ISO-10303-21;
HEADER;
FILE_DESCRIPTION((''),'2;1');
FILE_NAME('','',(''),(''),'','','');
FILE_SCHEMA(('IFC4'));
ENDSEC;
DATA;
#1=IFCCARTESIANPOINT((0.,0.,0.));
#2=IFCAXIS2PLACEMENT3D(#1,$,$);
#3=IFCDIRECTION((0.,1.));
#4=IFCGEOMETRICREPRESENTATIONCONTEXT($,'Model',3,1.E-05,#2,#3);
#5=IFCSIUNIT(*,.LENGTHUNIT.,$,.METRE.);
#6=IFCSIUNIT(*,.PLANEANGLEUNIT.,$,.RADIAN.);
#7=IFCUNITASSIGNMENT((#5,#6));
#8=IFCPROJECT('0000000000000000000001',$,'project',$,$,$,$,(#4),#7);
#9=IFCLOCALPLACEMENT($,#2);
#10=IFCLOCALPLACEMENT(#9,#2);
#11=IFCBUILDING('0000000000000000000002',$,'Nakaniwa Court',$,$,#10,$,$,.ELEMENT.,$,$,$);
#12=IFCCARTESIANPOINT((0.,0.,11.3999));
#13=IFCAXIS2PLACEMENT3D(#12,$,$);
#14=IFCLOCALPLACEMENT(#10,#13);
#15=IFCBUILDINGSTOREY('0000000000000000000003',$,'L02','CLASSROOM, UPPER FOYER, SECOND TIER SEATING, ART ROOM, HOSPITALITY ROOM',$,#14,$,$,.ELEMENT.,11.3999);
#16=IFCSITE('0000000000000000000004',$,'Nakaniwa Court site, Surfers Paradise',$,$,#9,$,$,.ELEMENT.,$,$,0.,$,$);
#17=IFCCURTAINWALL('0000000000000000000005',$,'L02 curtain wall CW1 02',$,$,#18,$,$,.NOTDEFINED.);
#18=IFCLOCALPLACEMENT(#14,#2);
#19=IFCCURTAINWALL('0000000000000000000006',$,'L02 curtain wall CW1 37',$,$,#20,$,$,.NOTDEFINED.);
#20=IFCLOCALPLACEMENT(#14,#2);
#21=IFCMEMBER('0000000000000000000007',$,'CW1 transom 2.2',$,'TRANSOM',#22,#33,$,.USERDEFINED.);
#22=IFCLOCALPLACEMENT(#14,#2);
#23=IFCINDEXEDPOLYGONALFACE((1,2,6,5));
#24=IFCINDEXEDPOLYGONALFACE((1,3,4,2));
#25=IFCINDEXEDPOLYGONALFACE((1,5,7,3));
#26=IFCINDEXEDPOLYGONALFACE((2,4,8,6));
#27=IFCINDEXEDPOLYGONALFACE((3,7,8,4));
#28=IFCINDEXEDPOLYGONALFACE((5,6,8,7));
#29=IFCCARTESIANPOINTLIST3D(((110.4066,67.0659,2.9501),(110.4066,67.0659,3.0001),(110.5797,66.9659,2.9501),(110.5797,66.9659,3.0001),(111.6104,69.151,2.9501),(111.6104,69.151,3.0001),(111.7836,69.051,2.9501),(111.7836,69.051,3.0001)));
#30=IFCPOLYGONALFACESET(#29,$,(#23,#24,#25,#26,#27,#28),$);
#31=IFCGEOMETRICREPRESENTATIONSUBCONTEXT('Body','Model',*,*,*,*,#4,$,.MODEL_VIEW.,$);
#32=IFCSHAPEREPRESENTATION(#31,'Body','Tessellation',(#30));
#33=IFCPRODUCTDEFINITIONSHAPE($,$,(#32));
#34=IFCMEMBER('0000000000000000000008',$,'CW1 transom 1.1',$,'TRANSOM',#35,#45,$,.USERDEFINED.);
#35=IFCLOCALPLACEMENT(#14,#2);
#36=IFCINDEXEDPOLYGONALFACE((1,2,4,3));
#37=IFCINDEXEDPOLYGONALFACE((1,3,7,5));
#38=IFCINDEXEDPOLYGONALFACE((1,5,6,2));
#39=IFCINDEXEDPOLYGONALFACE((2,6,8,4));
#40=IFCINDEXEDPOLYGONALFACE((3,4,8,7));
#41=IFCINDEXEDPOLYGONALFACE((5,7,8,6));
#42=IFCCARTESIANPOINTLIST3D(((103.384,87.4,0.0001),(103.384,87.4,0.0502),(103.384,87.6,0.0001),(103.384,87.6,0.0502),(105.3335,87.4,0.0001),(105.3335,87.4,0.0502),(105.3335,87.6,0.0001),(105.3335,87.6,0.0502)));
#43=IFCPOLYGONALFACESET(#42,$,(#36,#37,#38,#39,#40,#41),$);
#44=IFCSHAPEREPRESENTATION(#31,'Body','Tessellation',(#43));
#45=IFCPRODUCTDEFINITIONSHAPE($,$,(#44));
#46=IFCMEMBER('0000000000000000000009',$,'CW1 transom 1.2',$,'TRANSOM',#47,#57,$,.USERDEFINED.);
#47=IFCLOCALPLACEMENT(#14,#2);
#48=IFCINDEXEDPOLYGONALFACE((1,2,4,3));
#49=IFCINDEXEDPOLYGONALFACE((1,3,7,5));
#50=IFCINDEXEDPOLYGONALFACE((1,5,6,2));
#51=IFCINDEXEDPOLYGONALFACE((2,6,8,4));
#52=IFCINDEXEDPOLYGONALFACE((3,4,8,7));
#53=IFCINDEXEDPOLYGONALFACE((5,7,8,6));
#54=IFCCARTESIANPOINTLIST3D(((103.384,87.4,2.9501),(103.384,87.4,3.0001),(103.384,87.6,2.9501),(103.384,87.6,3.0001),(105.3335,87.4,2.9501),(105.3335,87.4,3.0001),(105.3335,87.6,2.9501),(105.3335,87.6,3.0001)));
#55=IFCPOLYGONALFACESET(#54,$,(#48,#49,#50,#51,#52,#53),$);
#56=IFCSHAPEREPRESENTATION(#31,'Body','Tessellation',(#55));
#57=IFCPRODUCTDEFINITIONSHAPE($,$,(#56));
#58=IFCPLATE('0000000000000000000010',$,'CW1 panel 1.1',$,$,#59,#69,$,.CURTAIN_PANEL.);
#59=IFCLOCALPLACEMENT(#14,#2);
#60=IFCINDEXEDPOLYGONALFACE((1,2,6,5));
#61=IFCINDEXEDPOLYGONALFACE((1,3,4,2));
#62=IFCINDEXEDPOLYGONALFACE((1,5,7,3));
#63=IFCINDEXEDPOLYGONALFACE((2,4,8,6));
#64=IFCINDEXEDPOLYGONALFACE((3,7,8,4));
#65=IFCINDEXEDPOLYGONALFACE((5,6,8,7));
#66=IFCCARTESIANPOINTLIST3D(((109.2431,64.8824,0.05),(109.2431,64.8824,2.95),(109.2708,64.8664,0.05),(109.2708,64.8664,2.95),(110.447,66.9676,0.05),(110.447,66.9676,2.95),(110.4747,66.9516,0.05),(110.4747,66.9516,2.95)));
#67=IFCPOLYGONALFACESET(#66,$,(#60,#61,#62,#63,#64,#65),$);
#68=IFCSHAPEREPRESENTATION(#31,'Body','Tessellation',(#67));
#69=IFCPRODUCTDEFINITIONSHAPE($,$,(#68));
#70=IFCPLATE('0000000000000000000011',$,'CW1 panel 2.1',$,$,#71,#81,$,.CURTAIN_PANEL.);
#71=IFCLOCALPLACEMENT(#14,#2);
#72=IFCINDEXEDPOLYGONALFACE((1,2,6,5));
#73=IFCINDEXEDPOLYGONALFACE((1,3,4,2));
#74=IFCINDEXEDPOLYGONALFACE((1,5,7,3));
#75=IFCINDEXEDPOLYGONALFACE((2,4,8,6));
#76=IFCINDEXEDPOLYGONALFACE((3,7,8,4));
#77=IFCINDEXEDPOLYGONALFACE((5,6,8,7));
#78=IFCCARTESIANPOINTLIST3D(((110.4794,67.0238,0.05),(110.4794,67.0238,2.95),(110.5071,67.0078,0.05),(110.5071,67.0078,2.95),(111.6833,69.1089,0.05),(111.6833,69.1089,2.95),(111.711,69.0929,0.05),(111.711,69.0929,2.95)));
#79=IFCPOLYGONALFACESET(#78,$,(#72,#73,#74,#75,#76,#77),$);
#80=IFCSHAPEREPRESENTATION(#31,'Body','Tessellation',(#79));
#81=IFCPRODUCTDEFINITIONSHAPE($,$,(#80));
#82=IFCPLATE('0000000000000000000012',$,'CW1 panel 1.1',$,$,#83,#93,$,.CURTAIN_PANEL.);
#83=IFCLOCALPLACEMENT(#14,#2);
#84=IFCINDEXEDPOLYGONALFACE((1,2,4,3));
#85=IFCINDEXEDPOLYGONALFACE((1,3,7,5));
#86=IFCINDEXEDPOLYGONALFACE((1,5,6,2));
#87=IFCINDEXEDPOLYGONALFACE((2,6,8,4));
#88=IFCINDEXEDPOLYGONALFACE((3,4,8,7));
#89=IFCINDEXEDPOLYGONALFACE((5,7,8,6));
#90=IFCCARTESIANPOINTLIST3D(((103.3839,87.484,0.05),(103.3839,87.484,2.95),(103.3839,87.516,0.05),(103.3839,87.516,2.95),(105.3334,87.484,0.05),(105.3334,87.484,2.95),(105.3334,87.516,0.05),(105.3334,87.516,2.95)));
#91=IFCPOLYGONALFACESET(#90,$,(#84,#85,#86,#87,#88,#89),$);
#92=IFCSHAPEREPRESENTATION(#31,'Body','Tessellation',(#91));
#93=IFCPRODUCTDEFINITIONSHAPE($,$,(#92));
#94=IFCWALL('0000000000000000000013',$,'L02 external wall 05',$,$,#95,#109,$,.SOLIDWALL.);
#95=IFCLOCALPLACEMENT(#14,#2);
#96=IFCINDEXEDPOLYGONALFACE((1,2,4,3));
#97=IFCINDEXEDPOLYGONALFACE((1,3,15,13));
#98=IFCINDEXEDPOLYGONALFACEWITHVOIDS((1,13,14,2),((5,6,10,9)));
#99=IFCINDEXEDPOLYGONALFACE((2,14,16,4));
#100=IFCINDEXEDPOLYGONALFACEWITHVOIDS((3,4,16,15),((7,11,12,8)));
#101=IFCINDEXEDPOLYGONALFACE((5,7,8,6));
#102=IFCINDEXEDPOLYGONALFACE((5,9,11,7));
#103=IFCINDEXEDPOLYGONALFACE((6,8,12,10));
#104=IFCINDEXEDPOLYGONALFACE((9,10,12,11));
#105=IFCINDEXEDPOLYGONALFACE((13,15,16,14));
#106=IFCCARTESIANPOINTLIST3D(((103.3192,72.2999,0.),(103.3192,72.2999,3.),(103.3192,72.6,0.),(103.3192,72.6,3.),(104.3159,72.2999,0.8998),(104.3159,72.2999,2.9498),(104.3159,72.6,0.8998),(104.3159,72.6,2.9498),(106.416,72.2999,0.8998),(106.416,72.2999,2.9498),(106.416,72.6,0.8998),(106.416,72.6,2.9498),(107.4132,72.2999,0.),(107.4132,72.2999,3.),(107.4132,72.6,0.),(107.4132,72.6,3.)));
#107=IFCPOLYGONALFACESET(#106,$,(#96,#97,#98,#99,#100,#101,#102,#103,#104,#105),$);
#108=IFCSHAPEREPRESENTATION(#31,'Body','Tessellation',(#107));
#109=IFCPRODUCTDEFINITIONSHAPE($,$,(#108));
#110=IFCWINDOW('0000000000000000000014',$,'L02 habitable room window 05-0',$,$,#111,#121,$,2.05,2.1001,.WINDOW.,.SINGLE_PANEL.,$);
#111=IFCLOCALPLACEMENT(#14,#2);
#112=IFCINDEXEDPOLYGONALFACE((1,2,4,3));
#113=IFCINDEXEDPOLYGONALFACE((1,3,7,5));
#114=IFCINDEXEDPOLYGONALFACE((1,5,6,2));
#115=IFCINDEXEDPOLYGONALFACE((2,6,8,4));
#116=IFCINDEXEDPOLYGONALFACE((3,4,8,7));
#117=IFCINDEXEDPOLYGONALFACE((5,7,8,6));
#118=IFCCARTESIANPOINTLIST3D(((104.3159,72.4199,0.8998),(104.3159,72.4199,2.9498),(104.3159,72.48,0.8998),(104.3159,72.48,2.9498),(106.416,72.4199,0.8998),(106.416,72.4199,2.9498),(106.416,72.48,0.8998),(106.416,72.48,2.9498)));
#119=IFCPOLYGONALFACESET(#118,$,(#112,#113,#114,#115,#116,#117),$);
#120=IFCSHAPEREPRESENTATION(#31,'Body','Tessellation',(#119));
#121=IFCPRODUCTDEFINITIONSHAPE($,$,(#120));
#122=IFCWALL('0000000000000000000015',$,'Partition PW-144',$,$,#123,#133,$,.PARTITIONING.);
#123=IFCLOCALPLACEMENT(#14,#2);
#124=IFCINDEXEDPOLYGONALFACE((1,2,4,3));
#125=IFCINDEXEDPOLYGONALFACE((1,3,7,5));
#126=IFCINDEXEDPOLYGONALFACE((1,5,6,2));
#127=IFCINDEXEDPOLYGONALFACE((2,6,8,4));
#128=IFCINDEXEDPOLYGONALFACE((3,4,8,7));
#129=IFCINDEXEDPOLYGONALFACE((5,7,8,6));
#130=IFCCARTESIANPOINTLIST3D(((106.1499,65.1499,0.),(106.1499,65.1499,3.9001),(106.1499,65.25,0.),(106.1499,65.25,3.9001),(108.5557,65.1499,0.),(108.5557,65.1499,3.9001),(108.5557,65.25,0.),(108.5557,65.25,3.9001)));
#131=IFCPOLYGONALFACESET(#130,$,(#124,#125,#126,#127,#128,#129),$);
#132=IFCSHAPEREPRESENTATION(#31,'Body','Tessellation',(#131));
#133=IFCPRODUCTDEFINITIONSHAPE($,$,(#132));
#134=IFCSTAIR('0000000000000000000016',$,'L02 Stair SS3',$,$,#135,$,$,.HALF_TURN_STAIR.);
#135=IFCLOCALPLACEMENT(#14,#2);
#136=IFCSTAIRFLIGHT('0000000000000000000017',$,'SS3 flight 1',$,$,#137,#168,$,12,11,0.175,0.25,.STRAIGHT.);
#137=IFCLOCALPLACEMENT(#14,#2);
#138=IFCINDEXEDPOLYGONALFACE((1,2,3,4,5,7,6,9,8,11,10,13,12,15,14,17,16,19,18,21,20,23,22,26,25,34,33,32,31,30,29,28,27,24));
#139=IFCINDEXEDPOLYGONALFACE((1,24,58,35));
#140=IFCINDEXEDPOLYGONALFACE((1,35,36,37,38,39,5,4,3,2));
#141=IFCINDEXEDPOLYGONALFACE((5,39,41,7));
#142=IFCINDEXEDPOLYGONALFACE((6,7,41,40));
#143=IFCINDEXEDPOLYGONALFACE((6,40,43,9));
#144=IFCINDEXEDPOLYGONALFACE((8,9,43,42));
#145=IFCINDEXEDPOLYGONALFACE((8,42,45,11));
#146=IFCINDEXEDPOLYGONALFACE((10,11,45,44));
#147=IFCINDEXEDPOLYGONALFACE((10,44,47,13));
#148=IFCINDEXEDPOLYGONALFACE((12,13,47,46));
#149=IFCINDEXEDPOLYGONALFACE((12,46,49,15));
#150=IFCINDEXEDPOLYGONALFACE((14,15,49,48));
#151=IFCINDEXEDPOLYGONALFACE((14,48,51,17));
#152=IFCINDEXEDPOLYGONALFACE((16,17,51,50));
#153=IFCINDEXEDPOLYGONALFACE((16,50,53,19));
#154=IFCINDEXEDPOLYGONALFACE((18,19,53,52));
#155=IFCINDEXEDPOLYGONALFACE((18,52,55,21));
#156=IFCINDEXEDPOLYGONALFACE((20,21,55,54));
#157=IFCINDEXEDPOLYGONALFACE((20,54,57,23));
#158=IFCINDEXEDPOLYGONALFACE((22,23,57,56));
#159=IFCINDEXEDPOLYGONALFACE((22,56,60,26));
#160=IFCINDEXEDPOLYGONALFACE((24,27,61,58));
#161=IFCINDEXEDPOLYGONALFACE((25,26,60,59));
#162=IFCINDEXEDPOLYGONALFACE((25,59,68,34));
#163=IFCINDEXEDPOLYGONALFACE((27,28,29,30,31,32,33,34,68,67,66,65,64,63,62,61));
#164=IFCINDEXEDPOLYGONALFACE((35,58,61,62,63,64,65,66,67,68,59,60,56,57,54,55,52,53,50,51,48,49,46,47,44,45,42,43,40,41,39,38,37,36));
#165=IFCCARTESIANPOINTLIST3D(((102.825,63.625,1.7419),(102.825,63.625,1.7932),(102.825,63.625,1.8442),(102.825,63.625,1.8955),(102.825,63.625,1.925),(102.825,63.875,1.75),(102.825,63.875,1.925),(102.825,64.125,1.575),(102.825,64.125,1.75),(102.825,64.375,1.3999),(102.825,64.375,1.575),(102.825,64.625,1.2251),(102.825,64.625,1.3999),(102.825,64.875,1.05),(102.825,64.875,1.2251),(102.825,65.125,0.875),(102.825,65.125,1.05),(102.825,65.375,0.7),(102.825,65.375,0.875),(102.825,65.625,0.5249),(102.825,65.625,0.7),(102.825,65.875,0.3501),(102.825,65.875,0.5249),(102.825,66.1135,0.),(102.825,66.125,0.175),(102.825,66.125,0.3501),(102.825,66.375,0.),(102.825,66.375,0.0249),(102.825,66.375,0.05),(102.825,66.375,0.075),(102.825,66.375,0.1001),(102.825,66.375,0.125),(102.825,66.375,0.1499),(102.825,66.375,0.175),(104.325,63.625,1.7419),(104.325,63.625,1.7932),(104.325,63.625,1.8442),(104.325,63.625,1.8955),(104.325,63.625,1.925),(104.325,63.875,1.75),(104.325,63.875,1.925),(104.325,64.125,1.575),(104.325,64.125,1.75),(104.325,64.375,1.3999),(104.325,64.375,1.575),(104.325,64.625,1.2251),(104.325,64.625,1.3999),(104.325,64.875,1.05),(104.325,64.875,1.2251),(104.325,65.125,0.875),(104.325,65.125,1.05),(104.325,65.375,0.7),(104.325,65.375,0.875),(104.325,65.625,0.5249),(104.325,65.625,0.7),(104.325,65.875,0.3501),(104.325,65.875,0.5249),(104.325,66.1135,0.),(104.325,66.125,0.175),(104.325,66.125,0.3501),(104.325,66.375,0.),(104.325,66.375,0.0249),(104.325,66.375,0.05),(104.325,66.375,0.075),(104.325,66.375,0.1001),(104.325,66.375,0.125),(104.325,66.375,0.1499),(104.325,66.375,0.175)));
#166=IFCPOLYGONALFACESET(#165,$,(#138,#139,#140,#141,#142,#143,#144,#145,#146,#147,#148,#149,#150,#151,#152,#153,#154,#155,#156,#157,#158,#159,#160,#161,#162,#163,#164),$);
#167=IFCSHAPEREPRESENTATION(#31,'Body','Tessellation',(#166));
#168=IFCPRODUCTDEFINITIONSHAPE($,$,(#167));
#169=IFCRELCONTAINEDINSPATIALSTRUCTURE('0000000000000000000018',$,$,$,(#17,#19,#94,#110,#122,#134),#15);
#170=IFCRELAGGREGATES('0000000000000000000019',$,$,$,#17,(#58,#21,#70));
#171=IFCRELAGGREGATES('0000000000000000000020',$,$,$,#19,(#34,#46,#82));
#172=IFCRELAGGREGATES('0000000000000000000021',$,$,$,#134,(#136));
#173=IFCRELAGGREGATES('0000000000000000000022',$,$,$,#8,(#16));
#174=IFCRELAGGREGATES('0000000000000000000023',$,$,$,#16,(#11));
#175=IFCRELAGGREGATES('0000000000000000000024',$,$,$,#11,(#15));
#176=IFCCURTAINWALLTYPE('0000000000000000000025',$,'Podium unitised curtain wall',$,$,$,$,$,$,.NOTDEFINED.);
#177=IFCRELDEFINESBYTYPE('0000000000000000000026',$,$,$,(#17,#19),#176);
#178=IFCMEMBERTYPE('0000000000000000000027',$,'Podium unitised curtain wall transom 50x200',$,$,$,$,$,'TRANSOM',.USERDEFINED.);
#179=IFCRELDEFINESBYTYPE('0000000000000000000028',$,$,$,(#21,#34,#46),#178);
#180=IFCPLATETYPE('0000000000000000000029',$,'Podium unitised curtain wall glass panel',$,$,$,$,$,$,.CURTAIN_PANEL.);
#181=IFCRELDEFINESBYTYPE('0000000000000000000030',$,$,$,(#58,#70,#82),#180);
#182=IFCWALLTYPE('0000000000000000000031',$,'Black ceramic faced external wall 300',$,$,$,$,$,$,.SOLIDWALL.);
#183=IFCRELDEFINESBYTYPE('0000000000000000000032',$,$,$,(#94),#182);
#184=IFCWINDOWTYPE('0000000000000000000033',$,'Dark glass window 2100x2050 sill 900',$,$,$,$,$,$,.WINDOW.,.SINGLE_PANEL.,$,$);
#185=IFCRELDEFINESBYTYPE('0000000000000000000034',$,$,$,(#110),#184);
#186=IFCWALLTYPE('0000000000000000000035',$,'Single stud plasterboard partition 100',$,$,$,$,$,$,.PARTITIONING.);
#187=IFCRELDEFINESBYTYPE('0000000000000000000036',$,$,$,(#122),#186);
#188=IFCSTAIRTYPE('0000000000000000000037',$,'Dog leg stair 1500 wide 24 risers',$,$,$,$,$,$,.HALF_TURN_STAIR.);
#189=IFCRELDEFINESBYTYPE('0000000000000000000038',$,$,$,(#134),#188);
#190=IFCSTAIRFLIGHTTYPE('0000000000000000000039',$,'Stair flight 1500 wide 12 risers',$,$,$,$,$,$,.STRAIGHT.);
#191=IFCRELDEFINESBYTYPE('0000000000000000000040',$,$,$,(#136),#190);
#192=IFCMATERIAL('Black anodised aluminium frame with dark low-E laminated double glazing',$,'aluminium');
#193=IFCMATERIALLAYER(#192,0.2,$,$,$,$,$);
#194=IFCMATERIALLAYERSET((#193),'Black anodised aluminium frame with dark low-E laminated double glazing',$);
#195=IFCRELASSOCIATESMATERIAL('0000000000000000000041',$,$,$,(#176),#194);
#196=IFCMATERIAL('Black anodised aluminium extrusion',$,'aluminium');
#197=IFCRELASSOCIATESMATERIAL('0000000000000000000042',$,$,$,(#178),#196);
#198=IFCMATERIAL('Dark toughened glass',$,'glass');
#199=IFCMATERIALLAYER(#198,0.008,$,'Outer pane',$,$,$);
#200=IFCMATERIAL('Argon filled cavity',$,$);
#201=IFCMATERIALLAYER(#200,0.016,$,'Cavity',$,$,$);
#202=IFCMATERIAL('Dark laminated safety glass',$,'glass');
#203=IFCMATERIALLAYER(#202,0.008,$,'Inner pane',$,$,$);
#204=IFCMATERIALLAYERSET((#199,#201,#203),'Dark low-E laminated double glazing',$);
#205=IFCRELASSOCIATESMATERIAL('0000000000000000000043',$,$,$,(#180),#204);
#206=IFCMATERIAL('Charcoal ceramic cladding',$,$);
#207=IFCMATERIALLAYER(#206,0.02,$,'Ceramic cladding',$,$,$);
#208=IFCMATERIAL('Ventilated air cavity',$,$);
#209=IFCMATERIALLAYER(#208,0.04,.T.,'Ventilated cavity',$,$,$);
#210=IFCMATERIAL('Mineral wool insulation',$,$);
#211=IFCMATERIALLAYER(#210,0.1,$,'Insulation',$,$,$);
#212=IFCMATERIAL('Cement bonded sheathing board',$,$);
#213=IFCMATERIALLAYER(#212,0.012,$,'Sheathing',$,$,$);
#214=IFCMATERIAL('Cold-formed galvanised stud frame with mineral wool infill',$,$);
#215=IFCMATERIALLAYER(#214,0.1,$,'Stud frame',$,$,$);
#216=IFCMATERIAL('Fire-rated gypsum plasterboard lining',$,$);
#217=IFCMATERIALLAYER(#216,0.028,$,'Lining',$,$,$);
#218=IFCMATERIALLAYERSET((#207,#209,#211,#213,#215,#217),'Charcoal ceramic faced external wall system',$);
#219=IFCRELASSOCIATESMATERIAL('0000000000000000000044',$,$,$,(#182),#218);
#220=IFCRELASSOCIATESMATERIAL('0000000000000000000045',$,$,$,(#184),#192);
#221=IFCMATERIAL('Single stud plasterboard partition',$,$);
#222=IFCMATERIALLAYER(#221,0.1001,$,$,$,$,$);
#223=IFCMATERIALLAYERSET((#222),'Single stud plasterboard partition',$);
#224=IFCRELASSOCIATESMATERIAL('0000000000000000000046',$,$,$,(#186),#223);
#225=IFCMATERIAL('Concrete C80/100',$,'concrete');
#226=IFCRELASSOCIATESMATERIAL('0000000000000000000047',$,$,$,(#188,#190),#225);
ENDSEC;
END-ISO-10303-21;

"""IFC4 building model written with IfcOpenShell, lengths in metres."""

from ifc_helpers import new_model, si_unit, direction, frame, frame_2d, origin, origin_2d, place, context, subcontext, project, spatial, polyline, rectangle, outline, extrude, material, layer, layer_set, material_profile, profile_set, type_object, element, fill, aggregate, save


model = new_model("IFC4")

# Units and contexts
model_context = context("Model", 3, precision=1e-05, world=origin(), true_north=direction((0.0, 1.0)))
body_context = subcontext(model_context, "Body", "Model", "MODEL_VIEW")
ifc_project = project(units=[si_unit("LENGTHUNIT", "METRE"), si_unit("PLANEANGLEUNIT", "RADIAN")], contexts=[model_context])

# Site, building, storey
site_placement = place(None, origin())
site = spatial("IfcSite", under=ifc_project, at=site_placement, Name="Nakaniwa Court site, Surfers Paradise", CompositionType="ELEMENT", RefElevation=0.0)
building_placement = place(site_placement, origin())
building = spatial("IfcBuilding", under=site, at=building_placement, Name="Nakaniwa Court", CompositionType="ELEMENT")
storey_placement = place(building_placement, frame((0.0, 0.0, 11.3999)))
storey = spatial("IfcBuildingStorey", under=building, at=storey_placement, Name="L02", Description="CLASSROOM, UPPER FOYER, SECOND TIER SEATING, ART ROOM, HOSPITALITY ROOM", CompositionType="ELEMENT", Elevation=11.3999)

# Shared definitions
ifc_material_1 = material(Name="Black anodised aluminium frame with dark low-E laminated double glazing", Category="aluminium")
ifc_layer_1 = layer(ifc_material_1, 0.2)
ifc_layer_set_1 = layer_set([ifc_layer_1], Name="Black anodised aluminium frame with dark low-E laminated double glazing")
curtain_wall_type = type_object("IfcCurtainWallType", Name="Podium unitised curtain wall", PredefinedType="NOTDEFINED", material=ifc_layer_set_1)
ifc_material_2 = material(Name="Black anodised aluminium extrusion", Category="aluminium")

# Curtain walls
curtain_wall_1_placement = place(storey_placement, origin())
curtain_wall_1 = element("IfcCurtainWall", 1, at=curtain_wall_1_placement, inside=storey, type_object=curtain_wall_type, Name="L02 curtain wall CW1 02", PredefinedType="NOTDEFINED")
curtain_wall_2_placement = place(storey_placement, origin())
curtain_wall_2 = element("IfcCurtainWall", 2, at=curtain_wall_2_placement, inside=storey, type_object=curtain_wall_type, Name="L02 curtain wall CW1 37", PredefinedType="NOTDEFINED")

# Members
ifc_material_profile_1 = material_profile(ifc_material_2, rectangle(XDim=0.2, YDim=0.05, at=origin_2d()), Name="Podium unitised curtain wall transom 50x200")
ifc_profile_set_1 = profile_set([ifc_material_profile_1], Name="Black anodised aluminium extrusion")
member_type_1 = type_object("IfcMemberType", Name="Podium unitised curtain wall transom 50x200", ElementType="TRANSOM", PredefinedType="USERDEFINED", material=ifc_profile_set_1)
member_1_placement = place(storey_placement, frame((110.4932, 67.0159, 2.9751), z_axis=(0.499989, 0.866032, 0.0), x_axis=(-0.866032, 0.499989, 0.0)))
member_1 = element("IfcMember", 3, at=member_1_placement, type_object=member_type_1, Name="CW1 transom 2.2", ObjectType="TRANSOM", PredefinedType="USERDEFINED", context=body_context, shape_type="SweptSolid", body=[
    extrude(rectangle(XDim=0.2, YDim=0.05, at=origin_2d()), origin(), (0.0, 0.0, 1.0), 2.4077),
])
member_2_placement = place(storey_placement, frame((103.384, 87.5, 0.0251), z_axis=(1.0, 0.0, 0.0), x_axis=(0.0, 1.0, 0.0)))
member_2 = element("IfcMember", 4, at=member_2_placement, type_object=member_type_1, Name="CW1 transom 1.1", ObjectType="TRANSOM", PredefinedType="USERDEFINED", context=body_context, shape_type="SweptSolid", body=[
    extrude(rectangle(XDim=0.2, YDim=0.05, at=origin_2d()), origin(), (0.0, 0.0, 1.0), 1.9495),
])
member_3_placement = place(storey_placement, frame((103.384, 87.5, 2.9751), z_axis=(1.0, 0.0, 0.0), x_axis=(0.0, 1.0, 0.0)))
member_3 = element("IfcMember", 5, at=member_3_placement, type_object=member_type_1, Name="CW1 transom 1.2", ObjectType="TRANSOM", PredefinedType="USERDEFINED", context=body_context, shape_type="SweptSolid", body=[
    extrude(rectangle(XDim=0.2, YDim=0.05, at=origin_2d()), origin(), (0.0, 0.0, 1.0), 1.9495),
])

# Plates
ifc_material_3 = material(Name="Dark toughened glass", Category="glass")
ifc_layer_2 = layer(ifc_material_3, 0.008, Name="Outer pane")
ifc_material_4 = material(Name="Argon filled cavity")
ifc_layer_3 = layer(ifc_material_4, 0.016, Name="Cavity")
ifc_material_5 = material(Name="Dark laminated safety glass", Category="glass")
ifc_layer_4 = layer(ifc_material_5, 0.008, Name="Inner pane")
ifc_layer_set_2 = layer_set([ifc_layer_2, ifc_layer_3, ifc_layer_4], Name="Dark low-E laminated double glazing")
plate_type = type_object("IfcPlateType", Name="Podium unitised curtain wall glass panel", PredefinedType="CURTAIN_PANEL", material=ifc_layer_set_2)
plate_1_placement = place(storey_placement, frame((109.8589, 65.917, 0.05), z_axis=(0.0, 0.0, 1.0), x_axis=(0.500003, 0.866024, 0.0)))
plate_1 = element("IfcPlate", 6, at=plate_1_placement, type_object=plate_type, Name="CW1 panel 1.1", PredefinedType="CURTAIN_PANEL", context=body_context, shape_type="SweptSolid", body=[
    extrude(rectangle(XDim=2.4077, YDim=0.032, at=origin_2d()), origin(), (0.0, 0.0, 1.0), 2.8999),
])
plate_2_placement = place(storey_placement, frame((111.0952, 68.0583, 0.05), z_axis=(0.0, 0.0, 1.0), x_axis=(0.500003, 0.866024, 0.0)))
plate_2 = element("IfcPlate", 7, at=plate_2_placement, type_object=plate_type, Name="CW1 panel 2.1", PredefinedType="CURTAIN_PANEL", context=body_context, shape_type="SweptSolid", body=[
    extrude(rectangle(XDim=2.4077, YDim=0.032, at=origin_2d()), origin(), (0.0, 0.0, 1.0), 2.8999),
])
aggregate(curtain_wall_1, [plate_1, member_1, plate_2])
plate_3_placement = place(storey_placement, frame((104.3586, 87.5, 0.05), z_axis=(0.0, 0.0, 1.0), x_axis=(1.0, 0.0, 0.0)))
plate_3 = element("IfcPlate", 8, at=plate_3_placement, type_object=plate_type, Name="CW1 panel 1.1", PredefinedType="CURTAIN_PANEL", context=body_context, shape_type="SweptSolid", body=[
    extrude(rectangle(XDim=1.9495, YDim=0.032, at=origin_2d()), origin(), (0.0, 0.0, 1.0), 2.8999),
])
aggregate(curtain_wall_2, [member_2, member_3, plate_3])

# Wall, opening, window
ifc_material_6 = material(Name="Charcoal ceramic cladding")
ifc_layer_5 = layer(ifc_material_6, 0.02, Name="Ceramic cladding")
ifc_material_7 = material(Name="Ventilated air cavity")
ifc_layer_6 = layer(ifc_material_7, 0.04, ventilated=True, Name="Ventilated cavity")
ifc_material_8 = material(Name="Mineral wool insulation")
ifc_layer_7 = layer(ifc_material_8, 0.1, Name="Insulation")
ifc_material_9 = material(Name="Cement bonded sheathing board")
ifc_layer_8 = layer(ifc_material_9, 0.012, Name="Sheathing")
ifc_material_10 = material(Name="Cold-formed galvanised stud frame with mineral wool infill")
ifc_layer_9 = layer(ifc_material_10, 0.1, Name="Stud frame")
ifc_material_11 = material(Name="Fire-rated gypsum plasterboard lining")
ifc_layer_10 = layer(ifc_material_11, 0.028, Name="Lining")
ifc_layer_set_3 = layer_set([ifc_layer_5, ifc_layer_6, ifc_layer_7, ifc_layer_8, ifc_layer_9, ifc_layer_10], Name="Charcoal ceramic faced external wall system")
wall_type_1 = type_object("IfcWallType", Name="Black ceramic faced external wall 300", PredefinedType="SOLIDWALL", material=ifc_layer_set_3)
wall_1_placement = place(storey_placement, frame((107.4131, 72.45, 0.0), z_axis=(0.0, 0.0, 1.0), x_axis=(-1.0, 0.0, 0.0)))
wall_1 = element("IfcWall", 9, at=wall_1_placement, inside=storey, type_object=wall_type_1, Name="L02 external wall 05", PredefinedType="SOLIDWALL", context=body_context, shape_type="SweptSolid", body=[
    extrude(rectangle(XDim=4.094, YDim=0.3, at=frame_2d((2.0469, 0.0))), origin(), (0.0, 0.0, 1.0), 3.0),
])
opening_placement = place(wall_1_placement, frame((0.9971, 0.0, 0.8999)))
opening = element("IfcOpeningElement", 10, at=opening_placement, cuts=wall_1, PredefinedType="OPENING", context=body_context, shape_type="SweptSolid", body=[
    extrude(rectangle(XDim=2.1001, YDim=2.05, at=frame_2d((1.05, 1.0249))), frame((0.0, 0.1599, 0.0), z_axis=(0.0, -1.0, 0.0), x_axis=(1.0, 0.0, 0.0)), (0.0, 0.0, 1.0), 0.3201),
])
window_type = type_object("IfcWindowType", Name="Dark glass window 2100x2050 sill 900", PartitioningType="SINGLE_PANEL", PredefinedType="WINDOW", material=ifc_material_1)
window_placement = place(opening_placement, origin())
window = element("IfcWindow", 11, at=window_placement, inside=storey, type_object=window_type, Name="L02 habitable room window 05-0", OverallHeight=2.05, OverallWidth=2.1001, PartitioningType="SINGLE_PANEL", PredefinedType="WINDOW", context=body_context, shape_type="SweptSolid", body=[
    extrude(rectangle(XDim=2.1001, YDim=2.05, at=frame_2d((1.05, 1.0249))), frame((0.0, 0.03, 0.0), z_axis=(0.0, -1.0, 0.0), x_axis=(1.0, 0.0, 0.0)), (0.0, 0.0, 1.0), 0.0601),
])
fill(opening, window)

# Wall
ifc_material_12 = material(Name="Single stud plasterboard partition")
ifc_layer_11 = layer(ifc_material_12, 0.1001)
ifc_layer_set_4 = layer_set([ifc_layer_11], Name="Single stud plasterboard partition")
wall_type_2 = type_object("IfcWallType", Name="Single stud plasterboard partition 100", PredefinedType="PARTITIONING", material=ifc_layer_set_4)
wall_2_placement = place(storey_placement, frame((106.1499, 65.2, 0.0), z_axis=(0.0, 0.0, 1.0), x_axis=(1.0, 0.0, 0.0)))
element("IfcWall", 12, at=wall_2_placement, inside=storey, type_object=wall_type_2, Name="Partition PW-144", PredefinedType="PARTITIONING", context=body_context, shape_type="SweptSolid", body=[
    extrude(rectangle(XDim=2.4058, YDim=0.1001, at=frame_2d((1.2029, 0.0))), origin(), (0.0, 0.0, 1.0), 3.9001),
])

# Stair, stair flight
ifc_material_13 = material(Name="Concrete C80/100", Category="concrete")
stair_type = type_object("IfcStairType", Name="Dog leg stair 1500 wide 24 risers", PredefinedType="HALF_TURN_STAIR", material=ifc_material_13)
stair_placement = place(storey_placement, origin())
stair = element("IfcStair", 13, at=stair_placement, inside=storey, type_object=stair_type, Name="L02 Stair SS3", PredefinedType="HALF_TURN_STAIR")
stair_flight_type = type_object("IfcStairFlightType", Name="Stair flight 1500 wide 12 risers", PredefinedType="STRAIGHT", material=ifc_material_13)
stair_flight_placement = place(storey_placement, frame((103.575, 66.375, 0.0), z_axis=(0.0, 0.0, 1.0), x_axis=(0.0, -1.0, 0.0)))
stair_flight = element("IfcStairFlight", 14, at=stair_flight_placement, type_object=stair_flight_type, Name="SS3 flight 1", NumberOfRisers=12, NumberOfTreads=11, PredefinedType="STRAIGHT", RiserHeight=0.175, TreadLength=0.25, context=body_context, shape_type="SweptSolid", body=[
    extrude(outline(polyline([(0.0, 0.0), (0.0, 0.0249), (0.0, 0.05), (0.0, 0.075), (0.0, 0.1001), (0.0, 0.125), (0.0, 0.1499), (0.0, 0.175), (0.25, 0.175), (0.25, 0.3501), (0.5, 0.3501), (0.5, 0.5249), (0.75, 0.5249), (0.75, 0.7), (1.0, 0.7), (1.0, 0.875), (1.25, 0.875), (1.25, 1.05), (1.5, 1.05), (1.5, 1.2251), (1.75, 1.2251), (1.75, 1.3999), (2.0, 1.3999), (2.0, 1.575), (2.25, 1.575), (2.25, 1.75), (2.5, 1.75), (2.5, 1.925), (2.75, 1.925), (2.75, 2.1001), (2.75, 2.0488), (2.75, 1.9978), (2.75, 1.9465), (2.75, 1.8955), (2.75, 1.8442), (2.75, 1.7932), (2.75, 1.7419), (0.2615, 0.0), (0.0, 0.0)])), frame((0.0, 0.75, 0.0), z_axis=(0.0, -1.0, 0.0), x_axis=(1.0, 0.0, 0.0)), (0.0, 0.0, 1.0), 1.5),
])
aggregate(stair, [stair_flight])

save(model, "model.ifc")
